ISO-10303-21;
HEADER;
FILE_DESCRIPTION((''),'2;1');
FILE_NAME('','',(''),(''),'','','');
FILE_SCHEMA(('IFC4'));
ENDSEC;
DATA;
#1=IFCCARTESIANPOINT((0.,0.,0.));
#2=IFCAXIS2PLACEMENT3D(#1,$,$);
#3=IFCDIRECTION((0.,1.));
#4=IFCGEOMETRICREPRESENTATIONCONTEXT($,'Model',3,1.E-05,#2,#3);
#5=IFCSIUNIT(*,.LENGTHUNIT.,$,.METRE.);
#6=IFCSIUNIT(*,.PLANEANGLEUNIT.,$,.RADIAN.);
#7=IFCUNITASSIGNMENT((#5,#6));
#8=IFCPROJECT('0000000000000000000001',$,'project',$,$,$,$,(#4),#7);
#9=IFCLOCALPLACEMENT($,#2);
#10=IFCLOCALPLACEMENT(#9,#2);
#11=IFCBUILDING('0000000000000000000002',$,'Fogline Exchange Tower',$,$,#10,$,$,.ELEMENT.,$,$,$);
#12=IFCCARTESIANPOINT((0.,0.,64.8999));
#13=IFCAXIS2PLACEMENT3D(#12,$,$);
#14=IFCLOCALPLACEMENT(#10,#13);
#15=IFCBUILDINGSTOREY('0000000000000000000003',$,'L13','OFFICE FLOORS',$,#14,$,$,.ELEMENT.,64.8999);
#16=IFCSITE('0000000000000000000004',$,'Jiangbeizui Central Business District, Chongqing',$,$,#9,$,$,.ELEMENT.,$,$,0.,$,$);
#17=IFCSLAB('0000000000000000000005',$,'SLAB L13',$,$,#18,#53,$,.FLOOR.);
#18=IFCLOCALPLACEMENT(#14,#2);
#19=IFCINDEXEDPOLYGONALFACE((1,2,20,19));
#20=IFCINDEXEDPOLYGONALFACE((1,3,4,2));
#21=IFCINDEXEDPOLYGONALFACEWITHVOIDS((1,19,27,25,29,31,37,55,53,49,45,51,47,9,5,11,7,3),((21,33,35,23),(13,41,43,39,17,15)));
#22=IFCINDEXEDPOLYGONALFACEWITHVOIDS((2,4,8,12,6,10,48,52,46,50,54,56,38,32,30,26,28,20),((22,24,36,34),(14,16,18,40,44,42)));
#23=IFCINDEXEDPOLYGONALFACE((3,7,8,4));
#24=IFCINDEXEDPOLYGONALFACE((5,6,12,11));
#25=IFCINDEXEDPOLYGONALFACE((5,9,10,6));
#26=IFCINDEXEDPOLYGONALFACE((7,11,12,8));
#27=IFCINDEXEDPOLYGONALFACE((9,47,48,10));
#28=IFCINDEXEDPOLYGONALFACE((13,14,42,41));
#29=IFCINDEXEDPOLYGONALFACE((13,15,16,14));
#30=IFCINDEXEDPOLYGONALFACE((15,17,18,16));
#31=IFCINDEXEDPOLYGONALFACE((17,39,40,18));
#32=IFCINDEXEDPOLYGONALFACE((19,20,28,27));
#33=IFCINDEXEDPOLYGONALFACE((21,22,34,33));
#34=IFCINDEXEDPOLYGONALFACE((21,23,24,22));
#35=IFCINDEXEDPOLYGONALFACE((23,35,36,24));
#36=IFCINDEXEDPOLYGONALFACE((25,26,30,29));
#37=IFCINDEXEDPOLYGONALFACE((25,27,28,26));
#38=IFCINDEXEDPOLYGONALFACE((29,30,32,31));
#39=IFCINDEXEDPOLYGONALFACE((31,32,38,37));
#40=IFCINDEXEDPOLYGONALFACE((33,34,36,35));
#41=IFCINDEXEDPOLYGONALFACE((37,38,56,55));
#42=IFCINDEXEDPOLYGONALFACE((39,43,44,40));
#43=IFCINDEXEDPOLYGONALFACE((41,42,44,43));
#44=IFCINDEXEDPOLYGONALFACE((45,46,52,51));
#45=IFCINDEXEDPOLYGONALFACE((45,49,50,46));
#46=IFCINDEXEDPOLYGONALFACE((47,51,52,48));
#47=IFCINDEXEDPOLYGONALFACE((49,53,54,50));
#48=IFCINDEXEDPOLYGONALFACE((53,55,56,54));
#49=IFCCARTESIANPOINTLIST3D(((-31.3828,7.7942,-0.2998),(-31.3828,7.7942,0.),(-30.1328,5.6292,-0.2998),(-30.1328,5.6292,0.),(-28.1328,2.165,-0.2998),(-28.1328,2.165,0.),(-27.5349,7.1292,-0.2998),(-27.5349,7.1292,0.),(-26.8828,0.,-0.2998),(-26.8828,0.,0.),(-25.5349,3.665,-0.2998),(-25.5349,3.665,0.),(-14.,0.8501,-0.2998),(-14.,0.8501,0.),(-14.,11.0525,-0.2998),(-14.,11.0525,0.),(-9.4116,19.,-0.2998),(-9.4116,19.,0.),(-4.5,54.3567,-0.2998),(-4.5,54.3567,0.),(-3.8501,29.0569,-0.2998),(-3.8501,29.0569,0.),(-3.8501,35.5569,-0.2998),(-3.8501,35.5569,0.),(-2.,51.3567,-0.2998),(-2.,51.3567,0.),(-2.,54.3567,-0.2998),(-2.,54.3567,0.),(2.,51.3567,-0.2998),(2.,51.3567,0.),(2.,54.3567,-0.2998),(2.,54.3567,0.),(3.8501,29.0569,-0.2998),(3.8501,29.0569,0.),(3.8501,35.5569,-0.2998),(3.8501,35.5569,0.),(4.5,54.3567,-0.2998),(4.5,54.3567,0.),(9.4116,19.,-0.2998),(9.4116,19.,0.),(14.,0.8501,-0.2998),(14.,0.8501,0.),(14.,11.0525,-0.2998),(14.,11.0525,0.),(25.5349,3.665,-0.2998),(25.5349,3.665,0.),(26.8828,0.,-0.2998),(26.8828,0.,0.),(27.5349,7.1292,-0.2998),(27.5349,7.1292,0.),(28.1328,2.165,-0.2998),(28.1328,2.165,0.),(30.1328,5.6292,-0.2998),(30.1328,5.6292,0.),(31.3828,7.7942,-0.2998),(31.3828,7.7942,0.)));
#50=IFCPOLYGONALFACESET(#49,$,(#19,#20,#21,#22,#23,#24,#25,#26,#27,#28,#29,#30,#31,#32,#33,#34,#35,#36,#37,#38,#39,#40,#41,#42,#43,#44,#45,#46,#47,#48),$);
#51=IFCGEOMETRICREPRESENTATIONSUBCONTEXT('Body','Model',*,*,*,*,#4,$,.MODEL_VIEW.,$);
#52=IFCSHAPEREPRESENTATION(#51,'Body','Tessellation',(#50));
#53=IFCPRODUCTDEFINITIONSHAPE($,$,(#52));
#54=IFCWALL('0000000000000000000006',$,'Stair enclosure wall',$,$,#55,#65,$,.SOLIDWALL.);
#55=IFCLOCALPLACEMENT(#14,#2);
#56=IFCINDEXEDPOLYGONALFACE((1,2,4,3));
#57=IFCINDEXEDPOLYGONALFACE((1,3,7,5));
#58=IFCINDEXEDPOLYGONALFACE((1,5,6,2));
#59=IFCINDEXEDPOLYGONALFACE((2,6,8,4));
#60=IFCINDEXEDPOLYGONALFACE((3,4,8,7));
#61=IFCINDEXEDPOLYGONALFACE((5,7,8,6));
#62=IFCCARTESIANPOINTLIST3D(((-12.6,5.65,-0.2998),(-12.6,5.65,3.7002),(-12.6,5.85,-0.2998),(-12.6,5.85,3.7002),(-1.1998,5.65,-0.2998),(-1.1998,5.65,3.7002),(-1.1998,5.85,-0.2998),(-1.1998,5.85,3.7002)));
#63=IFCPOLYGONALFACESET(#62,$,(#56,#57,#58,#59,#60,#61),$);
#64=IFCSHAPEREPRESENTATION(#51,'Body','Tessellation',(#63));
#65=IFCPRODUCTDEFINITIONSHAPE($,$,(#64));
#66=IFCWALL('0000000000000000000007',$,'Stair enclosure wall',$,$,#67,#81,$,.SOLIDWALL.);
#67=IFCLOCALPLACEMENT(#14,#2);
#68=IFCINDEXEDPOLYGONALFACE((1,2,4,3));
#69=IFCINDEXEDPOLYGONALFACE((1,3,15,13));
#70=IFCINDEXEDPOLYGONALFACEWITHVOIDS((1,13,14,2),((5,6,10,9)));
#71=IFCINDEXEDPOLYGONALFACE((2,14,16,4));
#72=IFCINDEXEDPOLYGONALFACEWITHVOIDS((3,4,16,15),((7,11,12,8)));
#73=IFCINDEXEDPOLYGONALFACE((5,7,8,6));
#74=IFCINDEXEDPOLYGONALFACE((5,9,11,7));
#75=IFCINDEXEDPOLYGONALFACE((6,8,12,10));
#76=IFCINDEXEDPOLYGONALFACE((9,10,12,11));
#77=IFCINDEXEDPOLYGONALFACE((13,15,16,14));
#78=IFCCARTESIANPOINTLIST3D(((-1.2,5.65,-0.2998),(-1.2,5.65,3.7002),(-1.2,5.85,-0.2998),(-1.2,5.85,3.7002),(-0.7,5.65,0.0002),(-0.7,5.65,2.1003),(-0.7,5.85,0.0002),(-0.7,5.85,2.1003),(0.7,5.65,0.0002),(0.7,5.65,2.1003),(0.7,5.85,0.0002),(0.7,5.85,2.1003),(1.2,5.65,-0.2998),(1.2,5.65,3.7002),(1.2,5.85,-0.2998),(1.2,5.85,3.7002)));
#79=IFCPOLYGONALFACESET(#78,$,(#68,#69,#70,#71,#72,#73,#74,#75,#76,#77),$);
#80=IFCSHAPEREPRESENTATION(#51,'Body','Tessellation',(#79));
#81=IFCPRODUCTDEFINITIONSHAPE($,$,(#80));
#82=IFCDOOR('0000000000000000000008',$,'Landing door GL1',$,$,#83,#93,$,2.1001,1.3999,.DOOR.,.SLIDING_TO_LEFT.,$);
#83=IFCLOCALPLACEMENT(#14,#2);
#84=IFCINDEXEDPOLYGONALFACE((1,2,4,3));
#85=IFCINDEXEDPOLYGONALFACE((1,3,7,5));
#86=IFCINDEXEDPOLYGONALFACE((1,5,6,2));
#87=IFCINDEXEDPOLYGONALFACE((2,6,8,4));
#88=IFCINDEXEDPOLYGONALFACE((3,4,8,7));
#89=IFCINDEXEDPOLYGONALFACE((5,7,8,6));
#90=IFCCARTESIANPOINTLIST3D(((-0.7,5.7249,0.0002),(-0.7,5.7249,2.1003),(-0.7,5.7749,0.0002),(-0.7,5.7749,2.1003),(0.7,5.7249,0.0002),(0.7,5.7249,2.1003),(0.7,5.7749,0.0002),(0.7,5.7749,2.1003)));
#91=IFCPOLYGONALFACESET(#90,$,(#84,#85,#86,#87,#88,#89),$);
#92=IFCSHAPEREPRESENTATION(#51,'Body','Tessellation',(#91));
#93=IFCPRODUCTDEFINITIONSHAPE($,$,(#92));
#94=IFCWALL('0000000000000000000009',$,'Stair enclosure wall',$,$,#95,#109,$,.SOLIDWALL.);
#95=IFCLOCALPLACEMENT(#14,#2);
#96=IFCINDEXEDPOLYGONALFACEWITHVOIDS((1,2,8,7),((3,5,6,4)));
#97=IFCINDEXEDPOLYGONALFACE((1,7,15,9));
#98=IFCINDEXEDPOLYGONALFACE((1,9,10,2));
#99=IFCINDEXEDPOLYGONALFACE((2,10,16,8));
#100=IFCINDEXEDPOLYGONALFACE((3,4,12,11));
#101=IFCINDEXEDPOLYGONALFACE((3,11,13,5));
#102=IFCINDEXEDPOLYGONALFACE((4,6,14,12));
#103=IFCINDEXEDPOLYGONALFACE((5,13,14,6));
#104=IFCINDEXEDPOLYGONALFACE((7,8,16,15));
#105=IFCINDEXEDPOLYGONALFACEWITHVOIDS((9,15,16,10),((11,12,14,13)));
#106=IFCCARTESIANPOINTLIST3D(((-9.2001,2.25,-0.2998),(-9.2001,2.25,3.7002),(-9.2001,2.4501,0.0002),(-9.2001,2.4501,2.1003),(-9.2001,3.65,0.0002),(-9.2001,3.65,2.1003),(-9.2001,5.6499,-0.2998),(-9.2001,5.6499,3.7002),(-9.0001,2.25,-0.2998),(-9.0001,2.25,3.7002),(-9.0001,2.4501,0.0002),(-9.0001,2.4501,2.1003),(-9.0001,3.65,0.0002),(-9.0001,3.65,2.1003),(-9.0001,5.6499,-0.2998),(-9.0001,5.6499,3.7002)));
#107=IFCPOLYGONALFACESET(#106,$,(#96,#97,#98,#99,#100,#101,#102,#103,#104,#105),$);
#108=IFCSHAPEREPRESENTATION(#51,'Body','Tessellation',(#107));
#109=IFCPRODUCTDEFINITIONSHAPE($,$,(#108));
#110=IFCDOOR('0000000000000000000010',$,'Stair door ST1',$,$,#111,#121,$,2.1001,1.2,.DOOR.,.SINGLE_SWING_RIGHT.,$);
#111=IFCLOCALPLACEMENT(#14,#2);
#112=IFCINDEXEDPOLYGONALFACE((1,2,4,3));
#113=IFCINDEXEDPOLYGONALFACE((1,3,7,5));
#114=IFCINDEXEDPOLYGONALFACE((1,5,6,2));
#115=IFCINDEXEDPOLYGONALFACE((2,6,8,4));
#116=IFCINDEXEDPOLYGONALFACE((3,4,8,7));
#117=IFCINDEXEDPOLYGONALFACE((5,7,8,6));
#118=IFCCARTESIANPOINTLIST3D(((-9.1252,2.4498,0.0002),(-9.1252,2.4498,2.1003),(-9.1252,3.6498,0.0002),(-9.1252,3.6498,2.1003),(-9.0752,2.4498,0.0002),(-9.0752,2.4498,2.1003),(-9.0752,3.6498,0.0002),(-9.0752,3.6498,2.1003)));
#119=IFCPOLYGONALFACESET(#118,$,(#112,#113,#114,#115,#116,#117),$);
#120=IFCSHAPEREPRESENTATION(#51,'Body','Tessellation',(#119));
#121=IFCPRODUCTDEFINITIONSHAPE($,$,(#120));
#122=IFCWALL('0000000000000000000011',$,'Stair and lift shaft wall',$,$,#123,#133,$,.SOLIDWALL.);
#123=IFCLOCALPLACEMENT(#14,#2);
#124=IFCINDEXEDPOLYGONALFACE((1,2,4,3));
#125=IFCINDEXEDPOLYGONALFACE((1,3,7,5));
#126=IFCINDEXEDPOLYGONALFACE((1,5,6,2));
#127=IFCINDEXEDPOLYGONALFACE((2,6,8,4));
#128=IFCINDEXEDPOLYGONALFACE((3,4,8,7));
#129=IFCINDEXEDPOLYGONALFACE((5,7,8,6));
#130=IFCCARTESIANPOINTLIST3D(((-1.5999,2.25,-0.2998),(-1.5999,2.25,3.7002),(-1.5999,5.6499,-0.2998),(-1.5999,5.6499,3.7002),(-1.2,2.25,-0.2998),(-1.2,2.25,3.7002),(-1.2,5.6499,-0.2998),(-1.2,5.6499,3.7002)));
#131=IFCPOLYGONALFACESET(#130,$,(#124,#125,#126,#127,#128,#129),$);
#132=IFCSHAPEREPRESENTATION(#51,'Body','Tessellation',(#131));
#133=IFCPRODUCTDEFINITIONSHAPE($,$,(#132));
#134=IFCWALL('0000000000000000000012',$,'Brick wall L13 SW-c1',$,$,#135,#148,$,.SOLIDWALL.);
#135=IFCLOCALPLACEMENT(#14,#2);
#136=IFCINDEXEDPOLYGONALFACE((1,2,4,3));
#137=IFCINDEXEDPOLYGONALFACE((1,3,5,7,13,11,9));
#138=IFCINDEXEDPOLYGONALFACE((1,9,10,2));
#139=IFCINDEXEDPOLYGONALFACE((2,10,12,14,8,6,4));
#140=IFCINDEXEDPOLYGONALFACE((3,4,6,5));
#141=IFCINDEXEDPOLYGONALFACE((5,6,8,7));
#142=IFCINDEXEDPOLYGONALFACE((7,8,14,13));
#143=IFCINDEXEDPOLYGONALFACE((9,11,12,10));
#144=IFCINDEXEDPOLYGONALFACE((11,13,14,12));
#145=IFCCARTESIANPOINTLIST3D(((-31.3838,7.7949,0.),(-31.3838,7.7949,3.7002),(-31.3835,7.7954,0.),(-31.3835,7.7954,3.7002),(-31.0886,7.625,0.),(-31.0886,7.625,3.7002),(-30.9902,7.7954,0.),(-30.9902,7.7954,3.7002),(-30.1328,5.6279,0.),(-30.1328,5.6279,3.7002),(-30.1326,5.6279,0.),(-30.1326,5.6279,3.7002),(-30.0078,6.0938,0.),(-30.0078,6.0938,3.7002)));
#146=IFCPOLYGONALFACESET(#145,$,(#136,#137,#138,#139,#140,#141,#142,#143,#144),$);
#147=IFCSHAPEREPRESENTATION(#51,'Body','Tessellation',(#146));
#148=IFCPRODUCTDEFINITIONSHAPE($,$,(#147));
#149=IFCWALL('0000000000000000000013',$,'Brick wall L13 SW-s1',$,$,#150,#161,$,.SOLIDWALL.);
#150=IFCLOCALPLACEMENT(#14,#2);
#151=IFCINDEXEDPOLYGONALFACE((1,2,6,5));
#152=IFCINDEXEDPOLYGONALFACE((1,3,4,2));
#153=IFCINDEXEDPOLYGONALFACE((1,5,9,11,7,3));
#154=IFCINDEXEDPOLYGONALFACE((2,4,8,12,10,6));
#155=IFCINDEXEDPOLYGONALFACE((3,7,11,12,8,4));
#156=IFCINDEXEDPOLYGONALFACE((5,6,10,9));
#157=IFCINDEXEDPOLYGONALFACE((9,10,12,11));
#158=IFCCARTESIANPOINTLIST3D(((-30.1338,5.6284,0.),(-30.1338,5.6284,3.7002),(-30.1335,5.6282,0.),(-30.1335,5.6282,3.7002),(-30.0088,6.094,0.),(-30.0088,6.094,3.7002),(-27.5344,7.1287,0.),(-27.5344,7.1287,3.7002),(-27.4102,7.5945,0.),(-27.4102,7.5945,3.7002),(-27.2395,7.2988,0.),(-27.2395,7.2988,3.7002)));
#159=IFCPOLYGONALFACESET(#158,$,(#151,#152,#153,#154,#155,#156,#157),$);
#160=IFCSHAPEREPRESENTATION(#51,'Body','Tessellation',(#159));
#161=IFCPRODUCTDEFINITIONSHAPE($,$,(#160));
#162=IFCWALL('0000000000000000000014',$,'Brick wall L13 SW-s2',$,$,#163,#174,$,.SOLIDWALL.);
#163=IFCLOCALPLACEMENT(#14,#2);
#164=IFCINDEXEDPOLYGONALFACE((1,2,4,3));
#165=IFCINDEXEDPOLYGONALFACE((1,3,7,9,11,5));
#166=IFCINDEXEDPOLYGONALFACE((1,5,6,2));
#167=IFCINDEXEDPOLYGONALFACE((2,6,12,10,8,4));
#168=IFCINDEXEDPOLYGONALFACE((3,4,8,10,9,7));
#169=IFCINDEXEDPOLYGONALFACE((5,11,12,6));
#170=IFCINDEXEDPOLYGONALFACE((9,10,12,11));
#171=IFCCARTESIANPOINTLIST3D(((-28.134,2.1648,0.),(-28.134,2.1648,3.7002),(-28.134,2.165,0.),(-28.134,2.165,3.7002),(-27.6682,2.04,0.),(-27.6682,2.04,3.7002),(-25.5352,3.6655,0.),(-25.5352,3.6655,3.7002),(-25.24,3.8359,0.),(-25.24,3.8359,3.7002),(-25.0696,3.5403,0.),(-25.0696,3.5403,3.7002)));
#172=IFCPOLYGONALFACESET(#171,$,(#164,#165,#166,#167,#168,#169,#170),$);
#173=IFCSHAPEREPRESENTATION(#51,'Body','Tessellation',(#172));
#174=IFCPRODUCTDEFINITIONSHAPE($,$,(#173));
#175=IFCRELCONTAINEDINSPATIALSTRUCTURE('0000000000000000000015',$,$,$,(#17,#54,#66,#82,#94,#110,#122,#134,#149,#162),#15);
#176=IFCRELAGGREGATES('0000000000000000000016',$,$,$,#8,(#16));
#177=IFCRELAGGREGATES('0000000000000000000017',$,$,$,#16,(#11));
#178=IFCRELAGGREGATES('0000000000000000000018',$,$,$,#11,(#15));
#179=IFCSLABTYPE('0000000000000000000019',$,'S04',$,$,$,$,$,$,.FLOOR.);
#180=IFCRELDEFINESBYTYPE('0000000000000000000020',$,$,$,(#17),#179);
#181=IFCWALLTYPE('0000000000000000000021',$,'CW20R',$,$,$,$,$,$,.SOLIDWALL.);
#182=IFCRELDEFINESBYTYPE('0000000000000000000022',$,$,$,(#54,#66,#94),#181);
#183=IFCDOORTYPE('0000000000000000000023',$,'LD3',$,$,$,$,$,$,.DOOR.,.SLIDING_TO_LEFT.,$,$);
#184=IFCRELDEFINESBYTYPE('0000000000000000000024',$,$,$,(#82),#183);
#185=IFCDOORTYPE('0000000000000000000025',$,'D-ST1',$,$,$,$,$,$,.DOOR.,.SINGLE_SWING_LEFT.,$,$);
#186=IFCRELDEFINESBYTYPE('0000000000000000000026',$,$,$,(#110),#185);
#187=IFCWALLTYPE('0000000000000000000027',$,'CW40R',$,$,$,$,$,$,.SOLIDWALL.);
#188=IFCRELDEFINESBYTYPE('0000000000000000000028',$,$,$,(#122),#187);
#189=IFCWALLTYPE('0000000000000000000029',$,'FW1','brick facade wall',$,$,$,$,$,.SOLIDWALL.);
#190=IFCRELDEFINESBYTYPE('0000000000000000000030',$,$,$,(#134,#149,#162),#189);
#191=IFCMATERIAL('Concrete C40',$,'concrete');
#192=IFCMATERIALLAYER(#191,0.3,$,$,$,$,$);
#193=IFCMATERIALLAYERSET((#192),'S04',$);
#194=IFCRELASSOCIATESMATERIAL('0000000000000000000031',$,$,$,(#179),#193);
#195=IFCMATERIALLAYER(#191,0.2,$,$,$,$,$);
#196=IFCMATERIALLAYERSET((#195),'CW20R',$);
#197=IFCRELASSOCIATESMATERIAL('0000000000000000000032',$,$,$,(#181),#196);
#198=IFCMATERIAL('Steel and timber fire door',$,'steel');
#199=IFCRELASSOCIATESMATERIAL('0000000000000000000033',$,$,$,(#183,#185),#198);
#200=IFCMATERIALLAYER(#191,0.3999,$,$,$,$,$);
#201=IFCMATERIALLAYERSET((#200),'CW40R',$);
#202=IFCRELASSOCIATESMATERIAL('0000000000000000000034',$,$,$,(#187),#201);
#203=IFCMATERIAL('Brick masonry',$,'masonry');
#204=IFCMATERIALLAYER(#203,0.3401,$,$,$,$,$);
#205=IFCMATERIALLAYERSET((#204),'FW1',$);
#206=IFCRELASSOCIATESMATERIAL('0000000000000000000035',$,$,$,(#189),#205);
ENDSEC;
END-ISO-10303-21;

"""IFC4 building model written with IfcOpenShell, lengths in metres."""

from ifc_helpers import new_model, si_unit, direction, frame, frame_2d, origin, place, context, subcontext, project, spatial, polyline, rectangle, outline, extrude, material, layer, layer_set, type_object, element, fill, save


model = new_model("IFC4")

# Units and contexts
model_context = context("Model", 3, precision=1e-05, world=origin(), true_north=direction((0.0, 1.0)))
body_context = subcontext(model_context, "Body", "Model", "MODEL_VIEW")
ifc_project = project(units=[si_unit("LENGTHUNIT", "METRE"), si_unit("PLANEANGLEUNIT", "RADIAN")], contexts=[model_context])

# Site, building, storey
site_placement = place(None, origin())
site = spatial("IfcSite", under=ifc_project, at=site_placement, Name="Jiangbeizui Central Business District, Chongqing", CompositionType="ELEMENT", RefElevation=0.0)
building_placement = place(site_placement, origin())
building = spatial("IfcBuilding", under=site, at=building_placement, Name="Fogline Exchange Tower", CompositionType="ELEMENT")
storey_placement = place(building_placement, frame((0.0, 0.0, 64.8999)))
storey = spatial("IfcBuildingStorey", under=building, at=storey_placement, Name="L13", Description="OFFICE FLOORS", CompositionType="ELEMENT", Elevation=64.8999)

# Slab
ifc_material_1 = material(Name="Concrete C40", Category="concrete")
ifc_layer_1 = layer(ifc_material_1, 0.3)
ifc_layer_set_1 = layer_set([ifc_layer_1], Name="S04")
slab_type = type_object("IfcSlabType", Name="S04", PredefinedType="FLOOR", material=ifc_layer_set_1)
slab_placement = place(storey_placement, frame((0.0, 0.0, -0.2998)))
element("IfcSlab", 1, at=slab_placement, inside=storey, type_object=slab_type, Name="SLAB L13", PredefinedType="FLOOR", context=body_context, shape_type="SweptSolid", body=[
    extrude(outline(polyline([(-2.0, 54.3567), (-4.5, 54.3567), (-31.3828, 7.7942), (-30.1328, 5.6292), (-27.5349, 7.1292), (-25.5349, 3.665), (-28.1328, 2.165), (-26.8828, 0.0), (26.8828, 0.0), (28.1328, 2.165), (25.5349, 3.665), (27.5349, 7.1292), (30.1328, 5.6292), (31.3828, 7.7942), (4.5, 54.3567), (2.0, 54.3567), (2.0, 51.3567), (-2.0, 51.3567), (-2.0, 54.3567)]), holes=[polyline([(14.0, 11.0525), (14.0, 0.8501), (-14.0, 0.8501), (-14.0, 11.0525), (-9.4116, 19.0), (9.4116, 19.0), (14.0, 11.0525)]), polyline([(3.8501, 35.5569), (3.8501, 29.0569), (-3.8501, 29.0569), (-3.8501, 35.5569), (3.8501, 35.5569)])]), origin(), (0.0, 0.0, 1.0), 0.2998),
])

# Wall
ifc_layer_2 = layer(ifc_material_1, 0.2)
ifc_layer_set_2 = layer_set([ifc_layer_2], Name="CW20R")
wall_type_1 = type_object("IfcWallType", Name="CW20R", PredefinedType="SOLIDWALL", material=ifc_layer_set_2)
wall_1_placement = place(storey_placement, frame((-12.6001, 5.75, -0.2998), z_axis=(0.0, 0.0, 1.0), x_axis=(1.0, 0.0, 0.0)))
element("IfcWall", 2, at=wall_1_placement, inside=storey, type_object=wall_type_1, Name="Stair enclosure wall", PredefinedType="SOLIDWALL", context=body_context, shape_type="SweptSolid", body=[
    extrude(rectangle(XDim=11.4001, YDim=0.2, at=frame_2d((5.7002, 0.0))), origin(), (0.0, 0.0, 1.0), 4.0),
])

# Walls, openings, doors
wall_2_placement = place(storey_placement, frame((-1.2, 5.75, -0.2998), z_axis=(0.0, 0.0, 1.0), x_axis=(1.0, 0.0, 0.0)))
wall_2 = element("IfcWall", 3, at=wall_2_placement, inside=storey, type_object=wall_type_1, Name="Stair enclosure wall", PredefinedType="SOLIDWALL", context=body_context, shape_type="SweptSolid", body=[
    extrude(rectangle(XDim=2.3999, YDim=0.2, at=frame_2d((1.2, 0.0))), origin(), (0.0, 0.0, 1.0), 4.0),
])
opening_1_placement = place(wall_2_placement, frame((0.5, 0.0, 0.3)))
opening_1 = element("IfcOpeningElement", 4, at=opening_1_placement, cuts=wall_2, PredefinedType="OPENING", context=body_context, shape_type="SweptSolid", body=[
    extrude(rectangle(XDim=1.3999, YDim=2.1001, at=frame_2d((0.7, 1.05))), frame((0.0, 0.1099, 0.0), z_axis=(0.0, -1.0, 0.0), x_axis=(1.0, 0.0, 0.0)), (0.0, 0.0, 1.0), 0.22),
])
ifc_material_2 = material(Name="Steel and timber fire door", Category="steel")
door_type_1 = type_object("IfcDoorType", Name="LD3", OperationType="SLIDING_TO_LEFT", PredefinedType="DOOR", material=ifc_material_2)
door_1_placement = place(opening_1_placement, origin())
door_1 = element("IfcDoor", 5, at=door_1_placement, inside=storey, type_object=door_type_1, Name="Landing door GL1", OperationType="SLIDING_TO_LEFT", OverallHeight=2.1001, OverallWidth=1.3999, PredefinedType="DOOR", context=body_context, shape_type="SweptSolid", body=[
    extrude(rectangle(XDim=1.3999, YDim=2.1001, at=frame_2d((0.7, 1.05))), frame((0.0, 0.0249, 0.0), z_axis=(0.0, -1.0, 0.0), x_axis=(1.0, 0.0, 0.0)), (0.0, 0.0, 1.0), 0.05),
])
fill(opening_1, door_1)
wall_3_placement = place(storey_placement, frame((-9.1001, 2.25, -0.2998), z_axis=(0.0, 0.0, 1.0), x_axis=(0.0, 1.0, 0.0)))
wall_3 = element("IfcWall", 6, at=wall_3_placement, inside=storey, type_object=wall_type_1, Name="Stair enclosure wall", PredefinedType="SOLIDWALL", context=body_context, shape_type="SweptSolid", body=[
    extrude(rectangle(XDim=3.3999, YDim=0.2, at=frame_2d((1.7, 0.0))), origin(), (0.0, 0.0, 1.0), 4.0),
])
opening_2_placement = place(wall_3_placement, frame((0.2, 0.0, 0.3)))
opening_2 = element("IfcOpeningElement", 7, at=opening_2_placement, cuts=wall_3, PredefinedType="OPENING", context=body_context, shape_type="SweptSolid", body=[
    extrude(rectangle(XDim=1.2, YDim=2.1001, at=frame_2d((0.6001, 1.05))), frame((0.0, 0.1099, 0.0), z_axis=(0.0, -1.0, 0.0), x_axis=(1.0, 0.0, 0.0)), (0.0, 0.0, 1.0), 0.22),
])
door_type_2 = type_object("IfcDoorType", Name="D-ST1", OperationType="SINGLE_SWING_LEFT", PredefinedType="DOOR", material=ifc_material_2)
door_2_placement = place(opening_2_placement, frame((1.2, 0.0, 0.0), z_axis=(0.0, 0.0, 1.0), x_axis=(-1.0, 0.0, 0.0)))
door_2 = element("IfcDoor", 8, at=door_2_placement, inside=storey, type_object=door_type_2, Name="Stair door ST1", OperationType="SINGLE_SWING_RIGHT", OverallHeight=2.1001, OverallWidth=1.2, PredefinedType="DOOR", context=body_context, shape_type="SweptSolid", body=[
    extrude(rectangle(XDim=1.2, YDim=2.1001, at=frame_2d((0.6001, 1.05))), frame((0.0, 0.0249, 0.0), z_axis=(0.0, -1.0, 0.0), x_axis=(1.0, 0.0, 0.0)), (0.0, 0.0, 1.0), 0.05),
])
fill(opening_2, door_2)

# Walls
ifc_layer_3 = layer(ifc_material_1, 0.3999)
ifc_layer_set_3 = layer_set([ifc_layer_3], Name="CW40R")
wall_type_2 = type_object("IfcWallType", Name="CW40R", PredefinedType="SOLIDWALL", material=ifc_layer_set_3)
wall_4_placement = place(storey_placement, frame((-1.3999, 2.25, -0.2998), z_axis=(0.0, 0.0, 1.0), x_axis=(0.0, 1.0, 0.0)))
element("IfcWall", 9, at=wall_4_placement, inside=storey, type_object=wall_type_2, Name="Stair and lift shaft wall", PredefinedType="SOLIDWALL", context=body_context, shape_type="SweptSolid", body=[
    extrude(rectangle(XDim=3.3999, YDim=0.3999, at=frame_2d((1.7, 0.0))), origin(), (0.0, 0.0, 1.0), 4.0),
])
ifc_material_3 = material(Name="Brick masonry", Category="masonry")
ifc_layer_4 = layer(ifc_material_3, 0.3401)
ifc_layer_set_4 = layer_set([ifc_layer_4], Name="FW1")
wall_type_3 = type_object("IfcWallType", Name="FW1", Description="brick facade wall", PredefinedType="SOLIDWALL", material=ifc_layer_set_4)
wall_5_placement = place(storey_placement, origin())
element("IfcWall", 10, at=wall_5_placement, inside=storey, type_object=wall_type_3, Name="Brick wall L13 SW-c1", PredefinedType="SOLIDWALL", context=body_context, shape_type="SweptSolid", body=[
    extrude(outline(polyline([(-30.1328, 5.6279), (-31.3838, 7.7949), (-31.3835, 7.7954), (-31.0886, 7.625), (-30.9902, 7.7954), (-30.0078, 6.0938), (-30.1326, 5.6279), (-30.1328, 5.6279)])), origin(), (0.0, 0.0, 1.0), 3.7002),
])
wall_6_placement = place(storey_placement, origin())
element("IfcWall", 11, at=wall_6_placement, inside=storey, type_object=wall_type_3, Name="Brick wall L13 SW-s1", PredefinedType="SOLIDWALL", context=body_context, shape_type="SweptSolid", body=[
    extrude(outline(polyline([(-27.4102, 7.5945), (-27.2395, 7.2988), (-27.5344, 7.1287), (-30.1335, 5.6282), (-30.1338, 5.6284), (-30.0088, 6.094), (-27.4102, 7.5945)])), origin(), (0.0, 0.0, 1.0), 3.7002),
])
wall_7_placement = place(storey_placement, origin())
element("IfcWall", 12, at=wall_7_placement, inside=storey, type_object=wall_type_3, Name="Brick wall L13 SW-s2", PredefinedType="SOLIDWALL", context=body_context, shape_type="SweptSolid", body=[
    extrude(outline(polyline([(-28.134, 2.165), (-25.5352, 3.6655), (-25.24, 3.8359), (-25.0696, 3.5403), (-27.6682, 2.04), (-28.134, 2.1648), (-28.134, 2.165)])), origin(), (0.0, 0.0, 1.0), 3.7002),
])

save(model, "model.ifc")
